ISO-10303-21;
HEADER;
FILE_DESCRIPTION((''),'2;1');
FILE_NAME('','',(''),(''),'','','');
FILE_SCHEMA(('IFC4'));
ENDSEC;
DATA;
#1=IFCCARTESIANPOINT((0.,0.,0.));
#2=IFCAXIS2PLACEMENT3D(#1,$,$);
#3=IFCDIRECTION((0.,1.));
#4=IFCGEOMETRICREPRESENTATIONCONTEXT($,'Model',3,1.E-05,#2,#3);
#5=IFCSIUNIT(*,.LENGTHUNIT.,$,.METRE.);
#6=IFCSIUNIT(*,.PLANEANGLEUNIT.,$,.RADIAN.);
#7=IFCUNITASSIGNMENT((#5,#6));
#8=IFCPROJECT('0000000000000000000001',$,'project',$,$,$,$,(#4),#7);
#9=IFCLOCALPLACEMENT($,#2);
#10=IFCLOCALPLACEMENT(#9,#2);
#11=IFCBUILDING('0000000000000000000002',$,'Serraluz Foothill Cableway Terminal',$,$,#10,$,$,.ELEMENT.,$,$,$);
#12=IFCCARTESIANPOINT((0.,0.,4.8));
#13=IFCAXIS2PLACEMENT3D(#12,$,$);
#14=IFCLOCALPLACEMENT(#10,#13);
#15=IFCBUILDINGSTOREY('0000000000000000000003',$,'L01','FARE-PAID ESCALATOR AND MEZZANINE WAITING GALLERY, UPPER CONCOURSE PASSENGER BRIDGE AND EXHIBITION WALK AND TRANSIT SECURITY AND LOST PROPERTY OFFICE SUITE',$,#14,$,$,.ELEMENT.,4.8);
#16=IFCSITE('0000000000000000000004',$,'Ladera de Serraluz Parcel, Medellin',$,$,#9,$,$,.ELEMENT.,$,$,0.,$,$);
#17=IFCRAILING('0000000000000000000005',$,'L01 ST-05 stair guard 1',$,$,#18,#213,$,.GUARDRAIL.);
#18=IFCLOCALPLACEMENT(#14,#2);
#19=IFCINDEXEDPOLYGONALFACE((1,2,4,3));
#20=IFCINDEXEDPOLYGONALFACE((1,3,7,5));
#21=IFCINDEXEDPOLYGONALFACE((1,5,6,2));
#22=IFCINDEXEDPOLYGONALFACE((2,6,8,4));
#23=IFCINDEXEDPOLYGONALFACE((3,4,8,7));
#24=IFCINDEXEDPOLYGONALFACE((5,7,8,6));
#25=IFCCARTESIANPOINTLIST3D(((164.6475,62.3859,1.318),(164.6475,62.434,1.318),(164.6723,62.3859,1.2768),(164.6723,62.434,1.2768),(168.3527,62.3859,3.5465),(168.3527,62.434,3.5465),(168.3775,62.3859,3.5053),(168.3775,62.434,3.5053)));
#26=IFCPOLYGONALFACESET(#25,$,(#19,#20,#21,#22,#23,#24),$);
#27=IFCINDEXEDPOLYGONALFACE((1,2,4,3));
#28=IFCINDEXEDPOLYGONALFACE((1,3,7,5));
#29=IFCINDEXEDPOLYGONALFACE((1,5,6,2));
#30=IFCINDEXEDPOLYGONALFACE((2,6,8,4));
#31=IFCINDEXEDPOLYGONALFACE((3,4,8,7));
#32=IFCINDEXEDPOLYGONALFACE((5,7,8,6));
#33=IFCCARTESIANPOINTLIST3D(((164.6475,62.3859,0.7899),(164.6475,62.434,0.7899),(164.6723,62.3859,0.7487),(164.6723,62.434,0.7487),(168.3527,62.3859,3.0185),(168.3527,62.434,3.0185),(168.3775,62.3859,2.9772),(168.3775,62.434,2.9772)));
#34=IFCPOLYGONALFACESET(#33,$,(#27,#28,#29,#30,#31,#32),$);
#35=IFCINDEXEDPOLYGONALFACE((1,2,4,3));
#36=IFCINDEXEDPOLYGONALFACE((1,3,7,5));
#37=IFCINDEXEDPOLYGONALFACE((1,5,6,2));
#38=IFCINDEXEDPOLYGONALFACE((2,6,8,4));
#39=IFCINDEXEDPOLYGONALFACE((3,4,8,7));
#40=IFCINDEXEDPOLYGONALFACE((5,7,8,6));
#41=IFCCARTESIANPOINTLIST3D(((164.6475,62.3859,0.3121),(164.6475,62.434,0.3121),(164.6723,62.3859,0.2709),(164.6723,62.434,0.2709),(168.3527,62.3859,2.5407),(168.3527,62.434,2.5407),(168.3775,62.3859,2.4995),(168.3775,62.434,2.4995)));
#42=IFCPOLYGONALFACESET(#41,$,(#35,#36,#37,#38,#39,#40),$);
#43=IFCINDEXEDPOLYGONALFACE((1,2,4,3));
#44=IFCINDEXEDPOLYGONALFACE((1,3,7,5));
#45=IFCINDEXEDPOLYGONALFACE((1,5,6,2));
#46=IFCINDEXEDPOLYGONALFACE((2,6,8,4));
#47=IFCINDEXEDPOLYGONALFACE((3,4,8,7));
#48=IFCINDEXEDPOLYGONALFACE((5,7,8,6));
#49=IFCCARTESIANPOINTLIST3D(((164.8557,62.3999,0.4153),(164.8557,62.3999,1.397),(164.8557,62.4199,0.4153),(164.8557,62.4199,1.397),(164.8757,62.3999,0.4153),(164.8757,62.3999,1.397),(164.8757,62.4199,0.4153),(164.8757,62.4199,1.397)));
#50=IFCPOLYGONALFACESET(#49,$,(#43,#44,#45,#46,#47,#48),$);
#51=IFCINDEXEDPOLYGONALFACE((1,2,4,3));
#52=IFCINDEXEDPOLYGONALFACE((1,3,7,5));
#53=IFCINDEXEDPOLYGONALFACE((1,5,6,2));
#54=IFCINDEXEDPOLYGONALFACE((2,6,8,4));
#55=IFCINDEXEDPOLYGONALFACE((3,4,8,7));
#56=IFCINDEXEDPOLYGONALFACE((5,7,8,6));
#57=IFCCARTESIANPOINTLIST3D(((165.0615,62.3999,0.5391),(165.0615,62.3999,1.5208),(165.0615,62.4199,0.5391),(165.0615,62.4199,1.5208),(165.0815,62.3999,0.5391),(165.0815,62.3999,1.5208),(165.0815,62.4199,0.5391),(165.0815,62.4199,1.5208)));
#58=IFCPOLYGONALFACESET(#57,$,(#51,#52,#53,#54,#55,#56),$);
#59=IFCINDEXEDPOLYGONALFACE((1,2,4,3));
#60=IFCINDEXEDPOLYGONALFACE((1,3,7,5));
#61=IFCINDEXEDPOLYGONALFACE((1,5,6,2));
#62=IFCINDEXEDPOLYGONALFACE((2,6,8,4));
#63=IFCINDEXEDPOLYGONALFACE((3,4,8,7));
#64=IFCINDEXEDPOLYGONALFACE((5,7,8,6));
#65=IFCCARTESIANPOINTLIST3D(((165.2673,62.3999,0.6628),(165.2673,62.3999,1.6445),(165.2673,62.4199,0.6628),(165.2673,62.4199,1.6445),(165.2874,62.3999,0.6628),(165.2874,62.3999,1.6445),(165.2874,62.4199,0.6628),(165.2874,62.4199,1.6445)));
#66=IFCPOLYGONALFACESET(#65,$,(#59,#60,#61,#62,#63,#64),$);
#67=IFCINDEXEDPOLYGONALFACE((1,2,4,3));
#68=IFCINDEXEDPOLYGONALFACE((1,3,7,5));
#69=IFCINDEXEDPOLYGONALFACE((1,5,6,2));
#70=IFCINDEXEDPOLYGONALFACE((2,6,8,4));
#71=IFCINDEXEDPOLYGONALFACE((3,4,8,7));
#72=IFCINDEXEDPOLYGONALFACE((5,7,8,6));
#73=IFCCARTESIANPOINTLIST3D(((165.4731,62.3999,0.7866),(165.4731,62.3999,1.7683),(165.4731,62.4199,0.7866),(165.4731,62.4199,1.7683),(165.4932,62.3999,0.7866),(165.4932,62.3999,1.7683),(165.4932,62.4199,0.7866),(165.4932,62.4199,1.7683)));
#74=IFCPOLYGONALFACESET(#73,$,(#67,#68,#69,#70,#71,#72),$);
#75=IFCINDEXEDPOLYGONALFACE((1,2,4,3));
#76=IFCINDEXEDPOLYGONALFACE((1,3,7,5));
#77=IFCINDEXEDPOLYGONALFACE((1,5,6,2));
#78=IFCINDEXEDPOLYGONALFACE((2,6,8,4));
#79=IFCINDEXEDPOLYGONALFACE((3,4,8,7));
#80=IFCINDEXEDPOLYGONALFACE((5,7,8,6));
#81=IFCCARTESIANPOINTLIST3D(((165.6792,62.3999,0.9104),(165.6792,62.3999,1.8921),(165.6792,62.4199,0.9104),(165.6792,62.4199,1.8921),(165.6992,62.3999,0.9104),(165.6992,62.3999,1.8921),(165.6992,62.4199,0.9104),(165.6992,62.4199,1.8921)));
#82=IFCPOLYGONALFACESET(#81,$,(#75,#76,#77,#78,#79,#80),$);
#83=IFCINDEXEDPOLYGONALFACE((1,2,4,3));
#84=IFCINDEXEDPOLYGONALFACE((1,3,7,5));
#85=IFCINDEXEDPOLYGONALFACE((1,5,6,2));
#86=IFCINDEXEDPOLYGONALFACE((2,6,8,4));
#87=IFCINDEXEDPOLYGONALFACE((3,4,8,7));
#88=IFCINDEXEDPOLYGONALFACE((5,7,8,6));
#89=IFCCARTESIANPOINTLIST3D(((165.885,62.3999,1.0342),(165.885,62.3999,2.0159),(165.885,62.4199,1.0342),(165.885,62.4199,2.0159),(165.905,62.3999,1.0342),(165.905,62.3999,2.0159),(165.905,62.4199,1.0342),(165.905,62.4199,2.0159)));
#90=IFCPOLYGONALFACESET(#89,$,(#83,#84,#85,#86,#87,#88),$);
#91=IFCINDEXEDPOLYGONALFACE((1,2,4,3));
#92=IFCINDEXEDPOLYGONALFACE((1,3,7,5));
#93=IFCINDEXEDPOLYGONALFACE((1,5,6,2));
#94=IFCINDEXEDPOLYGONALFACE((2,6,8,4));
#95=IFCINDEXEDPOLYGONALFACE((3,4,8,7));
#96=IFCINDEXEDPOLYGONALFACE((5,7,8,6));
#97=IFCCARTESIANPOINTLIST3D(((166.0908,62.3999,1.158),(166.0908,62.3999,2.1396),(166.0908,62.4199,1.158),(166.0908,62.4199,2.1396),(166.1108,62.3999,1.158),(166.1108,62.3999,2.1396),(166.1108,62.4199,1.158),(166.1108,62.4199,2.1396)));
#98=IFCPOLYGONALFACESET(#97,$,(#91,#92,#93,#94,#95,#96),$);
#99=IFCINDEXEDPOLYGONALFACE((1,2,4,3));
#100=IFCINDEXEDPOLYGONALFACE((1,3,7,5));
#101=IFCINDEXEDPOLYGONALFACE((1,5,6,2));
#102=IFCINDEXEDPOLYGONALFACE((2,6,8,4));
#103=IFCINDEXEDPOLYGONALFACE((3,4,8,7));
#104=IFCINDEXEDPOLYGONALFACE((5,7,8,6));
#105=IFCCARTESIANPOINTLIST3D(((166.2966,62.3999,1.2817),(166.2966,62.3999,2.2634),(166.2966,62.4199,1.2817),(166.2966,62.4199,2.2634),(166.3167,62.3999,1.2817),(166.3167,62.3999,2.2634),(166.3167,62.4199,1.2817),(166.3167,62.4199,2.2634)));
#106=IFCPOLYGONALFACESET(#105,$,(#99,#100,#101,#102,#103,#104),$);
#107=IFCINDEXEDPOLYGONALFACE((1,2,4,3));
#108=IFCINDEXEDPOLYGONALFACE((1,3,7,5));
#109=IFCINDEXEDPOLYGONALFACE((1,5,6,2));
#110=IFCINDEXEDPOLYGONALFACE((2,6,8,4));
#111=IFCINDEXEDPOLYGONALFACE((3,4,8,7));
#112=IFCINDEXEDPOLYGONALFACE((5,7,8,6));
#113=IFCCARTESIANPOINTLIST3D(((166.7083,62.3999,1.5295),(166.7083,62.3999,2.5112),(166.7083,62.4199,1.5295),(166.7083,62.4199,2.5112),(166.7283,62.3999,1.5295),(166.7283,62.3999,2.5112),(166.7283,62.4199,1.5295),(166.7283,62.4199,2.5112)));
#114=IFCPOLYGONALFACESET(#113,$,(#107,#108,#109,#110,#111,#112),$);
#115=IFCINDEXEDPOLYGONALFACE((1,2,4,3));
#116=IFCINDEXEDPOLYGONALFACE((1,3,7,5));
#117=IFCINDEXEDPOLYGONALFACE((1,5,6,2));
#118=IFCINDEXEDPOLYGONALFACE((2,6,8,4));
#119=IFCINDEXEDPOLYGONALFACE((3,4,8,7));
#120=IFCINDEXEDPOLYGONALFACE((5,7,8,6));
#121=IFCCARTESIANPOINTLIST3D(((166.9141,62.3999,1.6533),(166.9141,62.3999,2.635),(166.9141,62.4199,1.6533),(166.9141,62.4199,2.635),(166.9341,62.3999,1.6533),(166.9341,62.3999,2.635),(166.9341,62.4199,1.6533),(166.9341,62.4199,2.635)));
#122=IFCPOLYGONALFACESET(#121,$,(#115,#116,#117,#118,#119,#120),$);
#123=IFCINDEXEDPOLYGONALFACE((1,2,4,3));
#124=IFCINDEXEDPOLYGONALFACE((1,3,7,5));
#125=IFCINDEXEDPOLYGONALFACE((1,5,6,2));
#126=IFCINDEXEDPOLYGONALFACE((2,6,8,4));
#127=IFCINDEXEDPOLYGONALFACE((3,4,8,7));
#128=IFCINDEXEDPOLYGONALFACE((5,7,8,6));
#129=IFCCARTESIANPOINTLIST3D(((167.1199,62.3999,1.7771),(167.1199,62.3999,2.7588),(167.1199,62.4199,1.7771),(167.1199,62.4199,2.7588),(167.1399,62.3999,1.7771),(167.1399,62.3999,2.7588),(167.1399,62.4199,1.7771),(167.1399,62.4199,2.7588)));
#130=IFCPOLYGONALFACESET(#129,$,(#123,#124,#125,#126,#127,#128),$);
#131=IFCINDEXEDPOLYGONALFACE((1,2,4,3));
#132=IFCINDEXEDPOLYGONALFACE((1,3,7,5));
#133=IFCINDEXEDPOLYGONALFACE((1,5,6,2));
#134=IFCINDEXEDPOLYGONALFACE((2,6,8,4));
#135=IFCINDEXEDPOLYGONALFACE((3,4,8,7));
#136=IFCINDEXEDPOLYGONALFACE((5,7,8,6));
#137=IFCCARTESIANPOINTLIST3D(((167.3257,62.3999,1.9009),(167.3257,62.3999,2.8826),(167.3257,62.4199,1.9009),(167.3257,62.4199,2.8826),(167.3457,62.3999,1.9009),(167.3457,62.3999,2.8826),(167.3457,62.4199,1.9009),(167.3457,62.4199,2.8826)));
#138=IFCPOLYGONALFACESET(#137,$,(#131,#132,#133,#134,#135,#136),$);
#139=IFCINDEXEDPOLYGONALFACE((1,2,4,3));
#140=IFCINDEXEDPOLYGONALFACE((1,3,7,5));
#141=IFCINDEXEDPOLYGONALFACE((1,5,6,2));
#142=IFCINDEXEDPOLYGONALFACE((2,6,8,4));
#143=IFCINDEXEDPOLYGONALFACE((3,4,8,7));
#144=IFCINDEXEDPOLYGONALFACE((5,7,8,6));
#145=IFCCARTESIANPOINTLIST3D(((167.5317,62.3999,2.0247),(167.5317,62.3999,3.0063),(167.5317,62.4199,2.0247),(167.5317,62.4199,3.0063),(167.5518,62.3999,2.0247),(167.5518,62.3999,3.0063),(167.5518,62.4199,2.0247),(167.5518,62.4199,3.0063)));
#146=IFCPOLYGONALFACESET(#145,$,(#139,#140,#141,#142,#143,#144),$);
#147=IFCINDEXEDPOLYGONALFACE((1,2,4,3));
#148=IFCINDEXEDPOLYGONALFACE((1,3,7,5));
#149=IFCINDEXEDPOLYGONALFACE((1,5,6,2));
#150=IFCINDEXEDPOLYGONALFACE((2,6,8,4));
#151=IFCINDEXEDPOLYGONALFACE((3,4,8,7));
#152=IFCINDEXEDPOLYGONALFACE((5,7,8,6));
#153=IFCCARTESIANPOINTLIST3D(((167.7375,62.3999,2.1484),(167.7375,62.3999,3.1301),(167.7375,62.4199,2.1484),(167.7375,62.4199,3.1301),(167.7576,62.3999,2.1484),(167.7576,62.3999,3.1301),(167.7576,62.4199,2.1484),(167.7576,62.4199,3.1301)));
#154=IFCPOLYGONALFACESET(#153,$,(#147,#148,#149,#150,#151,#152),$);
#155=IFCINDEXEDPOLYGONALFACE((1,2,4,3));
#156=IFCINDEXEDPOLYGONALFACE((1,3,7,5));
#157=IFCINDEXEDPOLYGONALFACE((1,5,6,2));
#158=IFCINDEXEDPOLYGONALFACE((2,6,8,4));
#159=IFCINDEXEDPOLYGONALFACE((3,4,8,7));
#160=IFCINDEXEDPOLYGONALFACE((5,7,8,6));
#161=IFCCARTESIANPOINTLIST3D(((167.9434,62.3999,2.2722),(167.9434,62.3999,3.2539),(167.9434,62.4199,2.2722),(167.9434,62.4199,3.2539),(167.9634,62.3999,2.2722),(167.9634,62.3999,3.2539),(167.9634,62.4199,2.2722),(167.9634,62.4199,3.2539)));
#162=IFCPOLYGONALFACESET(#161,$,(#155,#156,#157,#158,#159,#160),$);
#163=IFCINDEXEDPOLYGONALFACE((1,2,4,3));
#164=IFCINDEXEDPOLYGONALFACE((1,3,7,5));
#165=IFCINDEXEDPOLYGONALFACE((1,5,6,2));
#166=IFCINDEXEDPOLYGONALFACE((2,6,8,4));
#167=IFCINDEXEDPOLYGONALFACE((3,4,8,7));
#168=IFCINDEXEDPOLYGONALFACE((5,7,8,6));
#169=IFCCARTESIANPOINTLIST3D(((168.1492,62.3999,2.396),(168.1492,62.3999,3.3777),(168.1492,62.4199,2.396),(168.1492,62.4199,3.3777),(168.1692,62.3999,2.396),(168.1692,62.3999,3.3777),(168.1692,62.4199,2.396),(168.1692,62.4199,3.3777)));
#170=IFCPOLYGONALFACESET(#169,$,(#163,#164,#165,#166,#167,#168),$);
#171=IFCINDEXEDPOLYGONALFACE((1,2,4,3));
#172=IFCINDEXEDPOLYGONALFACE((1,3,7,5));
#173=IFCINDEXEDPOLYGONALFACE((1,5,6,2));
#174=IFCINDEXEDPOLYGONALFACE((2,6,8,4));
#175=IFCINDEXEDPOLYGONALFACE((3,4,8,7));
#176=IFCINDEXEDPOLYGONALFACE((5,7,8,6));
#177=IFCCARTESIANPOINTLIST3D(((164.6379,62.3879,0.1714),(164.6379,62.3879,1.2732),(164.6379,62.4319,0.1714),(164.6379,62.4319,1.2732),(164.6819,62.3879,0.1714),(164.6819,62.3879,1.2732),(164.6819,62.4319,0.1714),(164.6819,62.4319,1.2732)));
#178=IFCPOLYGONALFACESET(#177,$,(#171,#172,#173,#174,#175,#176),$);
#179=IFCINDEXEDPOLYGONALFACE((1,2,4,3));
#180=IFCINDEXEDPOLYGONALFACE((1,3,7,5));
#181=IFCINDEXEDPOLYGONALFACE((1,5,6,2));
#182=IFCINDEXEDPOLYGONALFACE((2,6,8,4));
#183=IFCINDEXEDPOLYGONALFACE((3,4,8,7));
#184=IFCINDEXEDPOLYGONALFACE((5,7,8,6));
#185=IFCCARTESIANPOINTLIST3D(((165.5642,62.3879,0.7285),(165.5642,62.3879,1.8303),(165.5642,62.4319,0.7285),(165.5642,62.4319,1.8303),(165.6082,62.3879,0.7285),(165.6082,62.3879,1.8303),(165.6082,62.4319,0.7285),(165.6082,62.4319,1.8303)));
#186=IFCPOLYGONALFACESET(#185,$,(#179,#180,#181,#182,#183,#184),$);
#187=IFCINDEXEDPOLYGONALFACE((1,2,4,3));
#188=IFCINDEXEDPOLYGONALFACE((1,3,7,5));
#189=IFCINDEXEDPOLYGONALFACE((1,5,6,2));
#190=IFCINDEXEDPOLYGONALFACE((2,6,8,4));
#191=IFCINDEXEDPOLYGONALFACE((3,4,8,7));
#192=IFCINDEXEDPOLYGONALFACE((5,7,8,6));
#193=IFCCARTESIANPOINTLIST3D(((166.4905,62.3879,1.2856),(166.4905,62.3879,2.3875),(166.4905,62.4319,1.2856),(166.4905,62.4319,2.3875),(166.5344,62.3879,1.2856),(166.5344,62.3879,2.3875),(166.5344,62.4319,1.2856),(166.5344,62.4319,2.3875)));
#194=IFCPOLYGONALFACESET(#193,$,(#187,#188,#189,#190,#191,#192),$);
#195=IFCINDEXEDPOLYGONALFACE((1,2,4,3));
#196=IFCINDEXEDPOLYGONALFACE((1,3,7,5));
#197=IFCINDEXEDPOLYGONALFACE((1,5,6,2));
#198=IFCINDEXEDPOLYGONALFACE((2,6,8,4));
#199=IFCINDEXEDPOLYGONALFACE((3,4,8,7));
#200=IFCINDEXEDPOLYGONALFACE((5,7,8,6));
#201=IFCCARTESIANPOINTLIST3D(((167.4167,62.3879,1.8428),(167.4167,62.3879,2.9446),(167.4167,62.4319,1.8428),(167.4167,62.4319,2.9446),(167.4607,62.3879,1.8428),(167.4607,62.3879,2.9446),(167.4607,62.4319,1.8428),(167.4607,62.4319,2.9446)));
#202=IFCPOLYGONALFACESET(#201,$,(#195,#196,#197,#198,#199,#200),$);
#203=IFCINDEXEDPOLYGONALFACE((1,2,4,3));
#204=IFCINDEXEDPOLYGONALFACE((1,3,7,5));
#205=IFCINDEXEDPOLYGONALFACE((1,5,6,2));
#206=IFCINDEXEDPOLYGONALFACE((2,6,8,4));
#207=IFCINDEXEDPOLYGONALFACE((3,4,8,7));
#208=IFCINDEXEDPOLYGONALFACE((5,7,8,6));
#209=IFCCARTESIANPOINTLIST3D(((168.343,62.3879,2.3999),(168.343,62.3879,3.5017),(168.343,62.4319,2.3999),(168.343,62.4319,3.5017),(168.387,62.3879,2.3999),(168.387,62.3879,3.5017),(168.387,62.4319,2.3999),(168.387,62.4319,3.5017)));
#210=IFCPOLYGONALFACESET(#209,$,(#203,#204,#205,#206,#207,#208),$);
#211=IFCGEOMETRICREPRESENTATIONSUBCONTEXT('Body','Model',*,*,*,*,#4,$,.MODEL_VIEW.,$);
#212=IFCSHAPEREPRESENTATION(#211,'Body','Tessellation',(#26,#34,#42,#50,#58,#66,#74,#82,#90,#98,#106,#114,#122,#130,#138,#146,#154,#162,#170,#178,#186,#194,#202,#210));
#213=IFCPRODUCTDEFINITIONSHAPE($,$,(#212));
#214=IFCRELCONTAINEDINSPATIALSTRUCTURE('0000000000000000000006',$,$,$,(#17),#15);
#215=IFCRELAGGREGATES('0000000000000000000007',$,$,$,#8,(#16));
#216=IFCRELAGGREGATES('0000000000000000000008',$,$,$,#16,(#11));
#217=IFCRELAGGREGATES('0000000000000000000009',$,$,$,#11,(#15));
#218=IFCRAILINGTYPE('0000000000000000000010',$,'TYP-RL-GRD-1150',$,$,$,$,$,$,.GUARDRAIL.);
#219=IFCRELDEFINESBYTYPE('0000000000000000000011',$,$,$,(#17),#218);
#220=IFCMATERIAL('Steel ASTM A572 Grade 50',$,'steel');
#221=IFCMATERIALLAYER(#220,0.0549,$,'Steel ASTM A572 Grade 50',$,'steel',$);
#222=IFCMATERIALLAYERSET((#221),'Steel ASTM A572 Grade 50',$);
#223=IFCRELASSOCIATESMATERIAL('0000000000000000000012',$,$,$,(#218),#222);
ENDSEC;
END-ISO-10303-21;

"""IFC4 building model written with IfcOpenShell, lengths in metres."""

from ifc_helpers import new_model, si_unit, direction, frame, origin, origin_2d, place, context, subcontext, project, spatial, rectangle, extrude, material, layer, layer_set, type_object, element, save


model = new_model("IFC4")

# Units and contexts
model_context = context("Model", 3, precision=1e-05, world=origin(), true_north=direction((0.0, 1.0)))
body_context = subcontext(model_context, "Body", "Model", "MODEL_VIEW")
ifc_project = project(units=[si_unit("LENGTHUNIT", "METRE"), si_unit("PLANEANGLEUNIT", "RADIAN")], contexts=[model_context])

# Site, building, storey
site_placement = place(None, origin())
site = spatial("IfcSite", under=ifc_project, at=site_placement, Name="Ladera de Serraluz Parcel, Medellin", CompositionType="ELEMENT", RefElevation=0.0)
building_placement = place(site_placement, origin())
building = spatial("IfcBuilding", under=site, at=building_placement, Name="Serraluz Foothill Cableway Terminal", CompositionType="ELEMENT")
storey_placement = place(building_placement, frame((0.0, 0.0, 4.8)))
storey = spatial("IfcBuildingStorey", under=building, at=storey_placement, Name="L01", Description="FARE-PAID ESCALATOR AND MEZZANINE WAITING GALLERY, UPPER CONCOURSE PASSENGER BRIDGE AND EXHIBITION WALK AND TRANSIT SECURITY AND LOST PROPERTY OFFICE SUITE", CompositionType="ELEMENT", Elevation=4.8)

# Railing
ifc_material_1 = material(Name="Steel ASTM A572 Grade 50", Category="steel")
ifc_layer_1 = layer(ifc_material_1, 0.0549, Name="Steel ASTM A572 Grade 50", Category="steel")
ifc_layer_set_1 = layer_set([ifc_layer_1], Name="Steel ASTM A572 Grade 50")
railing_type_1 = type_object("IfcRailingType", Name="TYP-RL-GRD-1150", PredefinedType="GUARDRAIL", material=ifc_layer_set_1)
railing_1_placement = place(storey_placement, frame((164.6599, 62.4099, 0.1714)))
element("IfcRailing", 1, at=railing_1_placement, inside=storey, type_object=railing_type_1, Name="L01 ST-05 stair guard 1", PredefinedType="GUARDRAIL", context=body_context, shape_type="SweptSolid", body=[
    extrude(rectangle(XDim=0.0481, YDim=0.0481, at=origin_2d()), frame((0.0, 0.0, 1.126), z_axis=(0.856934, 0.0, 0.515425), x_axis=(0.0, 1.0, 0.0)), (0.0, 0.0, 1.0), 4.3237),
    extrude(rectangle(XDim=0.0481, YDim=0.0481, at=origin_2d()), frame((0.0, 0.0, 0.5979), z_axis=(0.856934, 0.0, 0.515425), x_axis=(0.0, 1.0, 0.0)), (0.0, 0.0, 1.0), 4.3237),
    extrude(rectangle(XDim=0.0481, YDim=0.0481, at=origin_2d()), frame((0.0, 0.0, 0.1201), z_axis=(0.856934, 0.0, 0.515425), x_axis=(0.0, 1.0, 0.0)), (0.0, 0.0, 1.0), 4.3237),
    extrude(rectangle(XDim=0.02, YDim=0.02, at=origin_2d()), frame((0.2058, 0.0, 0.2439)), (0.0, 0.0, 1.0), 0.9817),
    extrude(rectangle(XDim=0.02, YDim=0.02, at=origin_2d()), frame((0.4116, 0.0, 0.3677)), (0.0, 0.0, 1.0), 0.9817),
    extrude(rectangle(XDim=0.02, YDim=0.02, at=origin_2d()), frame((0.6174, 0.0, 0.4915)), (0.0, 0.0, 1.0), 0.9817),
    extrude(rectangle(XDim=0.02, YDim=0.02, at=origin_2d()), frame((0.8232, 0.0, 0.6152)), (0.0, 0.0, 1.0), 0.9817),
    extrude(rectangle(XDim=0.02, YDim=0.02, at=origin_2d()), frame((1.0293, 0.0, 0.739)), (0.0, 0.0, 1.0), 0.9817),
    extrude(rectangle(XDim=0.02, YDim=0.02, at=origin_2d()), frame((1.2351, 0.0, 0.8628)), (0.0, 0.0, 1.0), 0.9817),
    extrude(rectangle(XDim=0.02, YDim=0.02, at=origin_2d()), frame((1.4409, 0.0, 0.9866)), (0.0, 0.0, 1.0), 0.9817),
    extrude(rectangle(XDim=0.02, YDim=0.02, at=origin_2d()), frame((1.6467, 0.0, 1.1104)), (0.0, 0.0, 1.0), 0.9817),
    extrude(rectangle(XDim=0.02, YDim=0.02, at=origin_2d()), frame((2.0583, 0.0, 1.3582)), (0.0, 0.0, 1.0), 0.9817),
    extrude(rectangle(XDim=0.02, YDim=0.02, at=origin_2d()), frame((2.2642, 0.0, 1.4819)), (0.0, 0.0, 1.0), 0.9817),
    extrude(rectangle(XDim=0.02, YDim=0.02, at=origin_2d()), frame((2.47, 0.0, 1.6057)), (0.0, 0.0, 1.0), 0.9817),
    extrude(rectangle(XDim=0.02, YDim=0.02, at=origin_2d()), frame((2.6758, 0.0, 1.7295)), (0.0, 0.0, 1.0), 0.9817),
    extrude(rectangle(XDim=0.02, YDim=0.02, at=origin_2d()), frame((2.8818, 0.0, 1.8533)), (0.0, 0.0, 1.0), 0.9817),
    extrude(rectangle(XDim=0.02, YDim=0.02, at=origin_2d()), frame((3.0876, 0.0, 1.9771)), (0.0, 0.0, 1.0), 0.9817),
    extrude(rectangle(XDim=0.02, YDim=0.02, at=origin_2d()), frame((3.2935, 0.0, 2.1008)), (0.0, 0.0, 1.0), 0.9817),
    extrude(rectangle(XDim=0.02, YDim=0.02, at=origin_2d()), frame((3.4993, 0.0, 2.2246)), (0.0, 0.0, 1.0), 0.9817),
    extrude(rectangle(XDim=0.0439, YDim=0.0439, at=origin_2d()), origin(), (0.0, 0.0, 1.0), 1.1018),
    extrude(rectangle(XDim=0.0439, YDim=0.0439, at=origin_2d()), frame((0.9263, 0.0, 0.5571)), (0.0, 0.0, 1.0), 1.1018),
    extrude(rectangle(XDim=0.0439, YDim=0.0439, at=origin_2d()), frame((1.8525, 0.0, 1.1143)), (0.0, 0.0, 1.0), 1.1018),
    extrude(rectangle(XDim=0.0439, YDim=0.0439, at=origin_2d()), frame((2.7788, 0.0, 1.6714)), (0.0, 0.0, 1.0), 1.1018),
    extrude(rectangle(XDim=0.0439, YDim=0.0439, at=origin_2d()), frame((3.7051, 0.0, 2.2285)), (0.0, 0.0, 1.0), 1.1018),
])

save(model, "model.ifc")
